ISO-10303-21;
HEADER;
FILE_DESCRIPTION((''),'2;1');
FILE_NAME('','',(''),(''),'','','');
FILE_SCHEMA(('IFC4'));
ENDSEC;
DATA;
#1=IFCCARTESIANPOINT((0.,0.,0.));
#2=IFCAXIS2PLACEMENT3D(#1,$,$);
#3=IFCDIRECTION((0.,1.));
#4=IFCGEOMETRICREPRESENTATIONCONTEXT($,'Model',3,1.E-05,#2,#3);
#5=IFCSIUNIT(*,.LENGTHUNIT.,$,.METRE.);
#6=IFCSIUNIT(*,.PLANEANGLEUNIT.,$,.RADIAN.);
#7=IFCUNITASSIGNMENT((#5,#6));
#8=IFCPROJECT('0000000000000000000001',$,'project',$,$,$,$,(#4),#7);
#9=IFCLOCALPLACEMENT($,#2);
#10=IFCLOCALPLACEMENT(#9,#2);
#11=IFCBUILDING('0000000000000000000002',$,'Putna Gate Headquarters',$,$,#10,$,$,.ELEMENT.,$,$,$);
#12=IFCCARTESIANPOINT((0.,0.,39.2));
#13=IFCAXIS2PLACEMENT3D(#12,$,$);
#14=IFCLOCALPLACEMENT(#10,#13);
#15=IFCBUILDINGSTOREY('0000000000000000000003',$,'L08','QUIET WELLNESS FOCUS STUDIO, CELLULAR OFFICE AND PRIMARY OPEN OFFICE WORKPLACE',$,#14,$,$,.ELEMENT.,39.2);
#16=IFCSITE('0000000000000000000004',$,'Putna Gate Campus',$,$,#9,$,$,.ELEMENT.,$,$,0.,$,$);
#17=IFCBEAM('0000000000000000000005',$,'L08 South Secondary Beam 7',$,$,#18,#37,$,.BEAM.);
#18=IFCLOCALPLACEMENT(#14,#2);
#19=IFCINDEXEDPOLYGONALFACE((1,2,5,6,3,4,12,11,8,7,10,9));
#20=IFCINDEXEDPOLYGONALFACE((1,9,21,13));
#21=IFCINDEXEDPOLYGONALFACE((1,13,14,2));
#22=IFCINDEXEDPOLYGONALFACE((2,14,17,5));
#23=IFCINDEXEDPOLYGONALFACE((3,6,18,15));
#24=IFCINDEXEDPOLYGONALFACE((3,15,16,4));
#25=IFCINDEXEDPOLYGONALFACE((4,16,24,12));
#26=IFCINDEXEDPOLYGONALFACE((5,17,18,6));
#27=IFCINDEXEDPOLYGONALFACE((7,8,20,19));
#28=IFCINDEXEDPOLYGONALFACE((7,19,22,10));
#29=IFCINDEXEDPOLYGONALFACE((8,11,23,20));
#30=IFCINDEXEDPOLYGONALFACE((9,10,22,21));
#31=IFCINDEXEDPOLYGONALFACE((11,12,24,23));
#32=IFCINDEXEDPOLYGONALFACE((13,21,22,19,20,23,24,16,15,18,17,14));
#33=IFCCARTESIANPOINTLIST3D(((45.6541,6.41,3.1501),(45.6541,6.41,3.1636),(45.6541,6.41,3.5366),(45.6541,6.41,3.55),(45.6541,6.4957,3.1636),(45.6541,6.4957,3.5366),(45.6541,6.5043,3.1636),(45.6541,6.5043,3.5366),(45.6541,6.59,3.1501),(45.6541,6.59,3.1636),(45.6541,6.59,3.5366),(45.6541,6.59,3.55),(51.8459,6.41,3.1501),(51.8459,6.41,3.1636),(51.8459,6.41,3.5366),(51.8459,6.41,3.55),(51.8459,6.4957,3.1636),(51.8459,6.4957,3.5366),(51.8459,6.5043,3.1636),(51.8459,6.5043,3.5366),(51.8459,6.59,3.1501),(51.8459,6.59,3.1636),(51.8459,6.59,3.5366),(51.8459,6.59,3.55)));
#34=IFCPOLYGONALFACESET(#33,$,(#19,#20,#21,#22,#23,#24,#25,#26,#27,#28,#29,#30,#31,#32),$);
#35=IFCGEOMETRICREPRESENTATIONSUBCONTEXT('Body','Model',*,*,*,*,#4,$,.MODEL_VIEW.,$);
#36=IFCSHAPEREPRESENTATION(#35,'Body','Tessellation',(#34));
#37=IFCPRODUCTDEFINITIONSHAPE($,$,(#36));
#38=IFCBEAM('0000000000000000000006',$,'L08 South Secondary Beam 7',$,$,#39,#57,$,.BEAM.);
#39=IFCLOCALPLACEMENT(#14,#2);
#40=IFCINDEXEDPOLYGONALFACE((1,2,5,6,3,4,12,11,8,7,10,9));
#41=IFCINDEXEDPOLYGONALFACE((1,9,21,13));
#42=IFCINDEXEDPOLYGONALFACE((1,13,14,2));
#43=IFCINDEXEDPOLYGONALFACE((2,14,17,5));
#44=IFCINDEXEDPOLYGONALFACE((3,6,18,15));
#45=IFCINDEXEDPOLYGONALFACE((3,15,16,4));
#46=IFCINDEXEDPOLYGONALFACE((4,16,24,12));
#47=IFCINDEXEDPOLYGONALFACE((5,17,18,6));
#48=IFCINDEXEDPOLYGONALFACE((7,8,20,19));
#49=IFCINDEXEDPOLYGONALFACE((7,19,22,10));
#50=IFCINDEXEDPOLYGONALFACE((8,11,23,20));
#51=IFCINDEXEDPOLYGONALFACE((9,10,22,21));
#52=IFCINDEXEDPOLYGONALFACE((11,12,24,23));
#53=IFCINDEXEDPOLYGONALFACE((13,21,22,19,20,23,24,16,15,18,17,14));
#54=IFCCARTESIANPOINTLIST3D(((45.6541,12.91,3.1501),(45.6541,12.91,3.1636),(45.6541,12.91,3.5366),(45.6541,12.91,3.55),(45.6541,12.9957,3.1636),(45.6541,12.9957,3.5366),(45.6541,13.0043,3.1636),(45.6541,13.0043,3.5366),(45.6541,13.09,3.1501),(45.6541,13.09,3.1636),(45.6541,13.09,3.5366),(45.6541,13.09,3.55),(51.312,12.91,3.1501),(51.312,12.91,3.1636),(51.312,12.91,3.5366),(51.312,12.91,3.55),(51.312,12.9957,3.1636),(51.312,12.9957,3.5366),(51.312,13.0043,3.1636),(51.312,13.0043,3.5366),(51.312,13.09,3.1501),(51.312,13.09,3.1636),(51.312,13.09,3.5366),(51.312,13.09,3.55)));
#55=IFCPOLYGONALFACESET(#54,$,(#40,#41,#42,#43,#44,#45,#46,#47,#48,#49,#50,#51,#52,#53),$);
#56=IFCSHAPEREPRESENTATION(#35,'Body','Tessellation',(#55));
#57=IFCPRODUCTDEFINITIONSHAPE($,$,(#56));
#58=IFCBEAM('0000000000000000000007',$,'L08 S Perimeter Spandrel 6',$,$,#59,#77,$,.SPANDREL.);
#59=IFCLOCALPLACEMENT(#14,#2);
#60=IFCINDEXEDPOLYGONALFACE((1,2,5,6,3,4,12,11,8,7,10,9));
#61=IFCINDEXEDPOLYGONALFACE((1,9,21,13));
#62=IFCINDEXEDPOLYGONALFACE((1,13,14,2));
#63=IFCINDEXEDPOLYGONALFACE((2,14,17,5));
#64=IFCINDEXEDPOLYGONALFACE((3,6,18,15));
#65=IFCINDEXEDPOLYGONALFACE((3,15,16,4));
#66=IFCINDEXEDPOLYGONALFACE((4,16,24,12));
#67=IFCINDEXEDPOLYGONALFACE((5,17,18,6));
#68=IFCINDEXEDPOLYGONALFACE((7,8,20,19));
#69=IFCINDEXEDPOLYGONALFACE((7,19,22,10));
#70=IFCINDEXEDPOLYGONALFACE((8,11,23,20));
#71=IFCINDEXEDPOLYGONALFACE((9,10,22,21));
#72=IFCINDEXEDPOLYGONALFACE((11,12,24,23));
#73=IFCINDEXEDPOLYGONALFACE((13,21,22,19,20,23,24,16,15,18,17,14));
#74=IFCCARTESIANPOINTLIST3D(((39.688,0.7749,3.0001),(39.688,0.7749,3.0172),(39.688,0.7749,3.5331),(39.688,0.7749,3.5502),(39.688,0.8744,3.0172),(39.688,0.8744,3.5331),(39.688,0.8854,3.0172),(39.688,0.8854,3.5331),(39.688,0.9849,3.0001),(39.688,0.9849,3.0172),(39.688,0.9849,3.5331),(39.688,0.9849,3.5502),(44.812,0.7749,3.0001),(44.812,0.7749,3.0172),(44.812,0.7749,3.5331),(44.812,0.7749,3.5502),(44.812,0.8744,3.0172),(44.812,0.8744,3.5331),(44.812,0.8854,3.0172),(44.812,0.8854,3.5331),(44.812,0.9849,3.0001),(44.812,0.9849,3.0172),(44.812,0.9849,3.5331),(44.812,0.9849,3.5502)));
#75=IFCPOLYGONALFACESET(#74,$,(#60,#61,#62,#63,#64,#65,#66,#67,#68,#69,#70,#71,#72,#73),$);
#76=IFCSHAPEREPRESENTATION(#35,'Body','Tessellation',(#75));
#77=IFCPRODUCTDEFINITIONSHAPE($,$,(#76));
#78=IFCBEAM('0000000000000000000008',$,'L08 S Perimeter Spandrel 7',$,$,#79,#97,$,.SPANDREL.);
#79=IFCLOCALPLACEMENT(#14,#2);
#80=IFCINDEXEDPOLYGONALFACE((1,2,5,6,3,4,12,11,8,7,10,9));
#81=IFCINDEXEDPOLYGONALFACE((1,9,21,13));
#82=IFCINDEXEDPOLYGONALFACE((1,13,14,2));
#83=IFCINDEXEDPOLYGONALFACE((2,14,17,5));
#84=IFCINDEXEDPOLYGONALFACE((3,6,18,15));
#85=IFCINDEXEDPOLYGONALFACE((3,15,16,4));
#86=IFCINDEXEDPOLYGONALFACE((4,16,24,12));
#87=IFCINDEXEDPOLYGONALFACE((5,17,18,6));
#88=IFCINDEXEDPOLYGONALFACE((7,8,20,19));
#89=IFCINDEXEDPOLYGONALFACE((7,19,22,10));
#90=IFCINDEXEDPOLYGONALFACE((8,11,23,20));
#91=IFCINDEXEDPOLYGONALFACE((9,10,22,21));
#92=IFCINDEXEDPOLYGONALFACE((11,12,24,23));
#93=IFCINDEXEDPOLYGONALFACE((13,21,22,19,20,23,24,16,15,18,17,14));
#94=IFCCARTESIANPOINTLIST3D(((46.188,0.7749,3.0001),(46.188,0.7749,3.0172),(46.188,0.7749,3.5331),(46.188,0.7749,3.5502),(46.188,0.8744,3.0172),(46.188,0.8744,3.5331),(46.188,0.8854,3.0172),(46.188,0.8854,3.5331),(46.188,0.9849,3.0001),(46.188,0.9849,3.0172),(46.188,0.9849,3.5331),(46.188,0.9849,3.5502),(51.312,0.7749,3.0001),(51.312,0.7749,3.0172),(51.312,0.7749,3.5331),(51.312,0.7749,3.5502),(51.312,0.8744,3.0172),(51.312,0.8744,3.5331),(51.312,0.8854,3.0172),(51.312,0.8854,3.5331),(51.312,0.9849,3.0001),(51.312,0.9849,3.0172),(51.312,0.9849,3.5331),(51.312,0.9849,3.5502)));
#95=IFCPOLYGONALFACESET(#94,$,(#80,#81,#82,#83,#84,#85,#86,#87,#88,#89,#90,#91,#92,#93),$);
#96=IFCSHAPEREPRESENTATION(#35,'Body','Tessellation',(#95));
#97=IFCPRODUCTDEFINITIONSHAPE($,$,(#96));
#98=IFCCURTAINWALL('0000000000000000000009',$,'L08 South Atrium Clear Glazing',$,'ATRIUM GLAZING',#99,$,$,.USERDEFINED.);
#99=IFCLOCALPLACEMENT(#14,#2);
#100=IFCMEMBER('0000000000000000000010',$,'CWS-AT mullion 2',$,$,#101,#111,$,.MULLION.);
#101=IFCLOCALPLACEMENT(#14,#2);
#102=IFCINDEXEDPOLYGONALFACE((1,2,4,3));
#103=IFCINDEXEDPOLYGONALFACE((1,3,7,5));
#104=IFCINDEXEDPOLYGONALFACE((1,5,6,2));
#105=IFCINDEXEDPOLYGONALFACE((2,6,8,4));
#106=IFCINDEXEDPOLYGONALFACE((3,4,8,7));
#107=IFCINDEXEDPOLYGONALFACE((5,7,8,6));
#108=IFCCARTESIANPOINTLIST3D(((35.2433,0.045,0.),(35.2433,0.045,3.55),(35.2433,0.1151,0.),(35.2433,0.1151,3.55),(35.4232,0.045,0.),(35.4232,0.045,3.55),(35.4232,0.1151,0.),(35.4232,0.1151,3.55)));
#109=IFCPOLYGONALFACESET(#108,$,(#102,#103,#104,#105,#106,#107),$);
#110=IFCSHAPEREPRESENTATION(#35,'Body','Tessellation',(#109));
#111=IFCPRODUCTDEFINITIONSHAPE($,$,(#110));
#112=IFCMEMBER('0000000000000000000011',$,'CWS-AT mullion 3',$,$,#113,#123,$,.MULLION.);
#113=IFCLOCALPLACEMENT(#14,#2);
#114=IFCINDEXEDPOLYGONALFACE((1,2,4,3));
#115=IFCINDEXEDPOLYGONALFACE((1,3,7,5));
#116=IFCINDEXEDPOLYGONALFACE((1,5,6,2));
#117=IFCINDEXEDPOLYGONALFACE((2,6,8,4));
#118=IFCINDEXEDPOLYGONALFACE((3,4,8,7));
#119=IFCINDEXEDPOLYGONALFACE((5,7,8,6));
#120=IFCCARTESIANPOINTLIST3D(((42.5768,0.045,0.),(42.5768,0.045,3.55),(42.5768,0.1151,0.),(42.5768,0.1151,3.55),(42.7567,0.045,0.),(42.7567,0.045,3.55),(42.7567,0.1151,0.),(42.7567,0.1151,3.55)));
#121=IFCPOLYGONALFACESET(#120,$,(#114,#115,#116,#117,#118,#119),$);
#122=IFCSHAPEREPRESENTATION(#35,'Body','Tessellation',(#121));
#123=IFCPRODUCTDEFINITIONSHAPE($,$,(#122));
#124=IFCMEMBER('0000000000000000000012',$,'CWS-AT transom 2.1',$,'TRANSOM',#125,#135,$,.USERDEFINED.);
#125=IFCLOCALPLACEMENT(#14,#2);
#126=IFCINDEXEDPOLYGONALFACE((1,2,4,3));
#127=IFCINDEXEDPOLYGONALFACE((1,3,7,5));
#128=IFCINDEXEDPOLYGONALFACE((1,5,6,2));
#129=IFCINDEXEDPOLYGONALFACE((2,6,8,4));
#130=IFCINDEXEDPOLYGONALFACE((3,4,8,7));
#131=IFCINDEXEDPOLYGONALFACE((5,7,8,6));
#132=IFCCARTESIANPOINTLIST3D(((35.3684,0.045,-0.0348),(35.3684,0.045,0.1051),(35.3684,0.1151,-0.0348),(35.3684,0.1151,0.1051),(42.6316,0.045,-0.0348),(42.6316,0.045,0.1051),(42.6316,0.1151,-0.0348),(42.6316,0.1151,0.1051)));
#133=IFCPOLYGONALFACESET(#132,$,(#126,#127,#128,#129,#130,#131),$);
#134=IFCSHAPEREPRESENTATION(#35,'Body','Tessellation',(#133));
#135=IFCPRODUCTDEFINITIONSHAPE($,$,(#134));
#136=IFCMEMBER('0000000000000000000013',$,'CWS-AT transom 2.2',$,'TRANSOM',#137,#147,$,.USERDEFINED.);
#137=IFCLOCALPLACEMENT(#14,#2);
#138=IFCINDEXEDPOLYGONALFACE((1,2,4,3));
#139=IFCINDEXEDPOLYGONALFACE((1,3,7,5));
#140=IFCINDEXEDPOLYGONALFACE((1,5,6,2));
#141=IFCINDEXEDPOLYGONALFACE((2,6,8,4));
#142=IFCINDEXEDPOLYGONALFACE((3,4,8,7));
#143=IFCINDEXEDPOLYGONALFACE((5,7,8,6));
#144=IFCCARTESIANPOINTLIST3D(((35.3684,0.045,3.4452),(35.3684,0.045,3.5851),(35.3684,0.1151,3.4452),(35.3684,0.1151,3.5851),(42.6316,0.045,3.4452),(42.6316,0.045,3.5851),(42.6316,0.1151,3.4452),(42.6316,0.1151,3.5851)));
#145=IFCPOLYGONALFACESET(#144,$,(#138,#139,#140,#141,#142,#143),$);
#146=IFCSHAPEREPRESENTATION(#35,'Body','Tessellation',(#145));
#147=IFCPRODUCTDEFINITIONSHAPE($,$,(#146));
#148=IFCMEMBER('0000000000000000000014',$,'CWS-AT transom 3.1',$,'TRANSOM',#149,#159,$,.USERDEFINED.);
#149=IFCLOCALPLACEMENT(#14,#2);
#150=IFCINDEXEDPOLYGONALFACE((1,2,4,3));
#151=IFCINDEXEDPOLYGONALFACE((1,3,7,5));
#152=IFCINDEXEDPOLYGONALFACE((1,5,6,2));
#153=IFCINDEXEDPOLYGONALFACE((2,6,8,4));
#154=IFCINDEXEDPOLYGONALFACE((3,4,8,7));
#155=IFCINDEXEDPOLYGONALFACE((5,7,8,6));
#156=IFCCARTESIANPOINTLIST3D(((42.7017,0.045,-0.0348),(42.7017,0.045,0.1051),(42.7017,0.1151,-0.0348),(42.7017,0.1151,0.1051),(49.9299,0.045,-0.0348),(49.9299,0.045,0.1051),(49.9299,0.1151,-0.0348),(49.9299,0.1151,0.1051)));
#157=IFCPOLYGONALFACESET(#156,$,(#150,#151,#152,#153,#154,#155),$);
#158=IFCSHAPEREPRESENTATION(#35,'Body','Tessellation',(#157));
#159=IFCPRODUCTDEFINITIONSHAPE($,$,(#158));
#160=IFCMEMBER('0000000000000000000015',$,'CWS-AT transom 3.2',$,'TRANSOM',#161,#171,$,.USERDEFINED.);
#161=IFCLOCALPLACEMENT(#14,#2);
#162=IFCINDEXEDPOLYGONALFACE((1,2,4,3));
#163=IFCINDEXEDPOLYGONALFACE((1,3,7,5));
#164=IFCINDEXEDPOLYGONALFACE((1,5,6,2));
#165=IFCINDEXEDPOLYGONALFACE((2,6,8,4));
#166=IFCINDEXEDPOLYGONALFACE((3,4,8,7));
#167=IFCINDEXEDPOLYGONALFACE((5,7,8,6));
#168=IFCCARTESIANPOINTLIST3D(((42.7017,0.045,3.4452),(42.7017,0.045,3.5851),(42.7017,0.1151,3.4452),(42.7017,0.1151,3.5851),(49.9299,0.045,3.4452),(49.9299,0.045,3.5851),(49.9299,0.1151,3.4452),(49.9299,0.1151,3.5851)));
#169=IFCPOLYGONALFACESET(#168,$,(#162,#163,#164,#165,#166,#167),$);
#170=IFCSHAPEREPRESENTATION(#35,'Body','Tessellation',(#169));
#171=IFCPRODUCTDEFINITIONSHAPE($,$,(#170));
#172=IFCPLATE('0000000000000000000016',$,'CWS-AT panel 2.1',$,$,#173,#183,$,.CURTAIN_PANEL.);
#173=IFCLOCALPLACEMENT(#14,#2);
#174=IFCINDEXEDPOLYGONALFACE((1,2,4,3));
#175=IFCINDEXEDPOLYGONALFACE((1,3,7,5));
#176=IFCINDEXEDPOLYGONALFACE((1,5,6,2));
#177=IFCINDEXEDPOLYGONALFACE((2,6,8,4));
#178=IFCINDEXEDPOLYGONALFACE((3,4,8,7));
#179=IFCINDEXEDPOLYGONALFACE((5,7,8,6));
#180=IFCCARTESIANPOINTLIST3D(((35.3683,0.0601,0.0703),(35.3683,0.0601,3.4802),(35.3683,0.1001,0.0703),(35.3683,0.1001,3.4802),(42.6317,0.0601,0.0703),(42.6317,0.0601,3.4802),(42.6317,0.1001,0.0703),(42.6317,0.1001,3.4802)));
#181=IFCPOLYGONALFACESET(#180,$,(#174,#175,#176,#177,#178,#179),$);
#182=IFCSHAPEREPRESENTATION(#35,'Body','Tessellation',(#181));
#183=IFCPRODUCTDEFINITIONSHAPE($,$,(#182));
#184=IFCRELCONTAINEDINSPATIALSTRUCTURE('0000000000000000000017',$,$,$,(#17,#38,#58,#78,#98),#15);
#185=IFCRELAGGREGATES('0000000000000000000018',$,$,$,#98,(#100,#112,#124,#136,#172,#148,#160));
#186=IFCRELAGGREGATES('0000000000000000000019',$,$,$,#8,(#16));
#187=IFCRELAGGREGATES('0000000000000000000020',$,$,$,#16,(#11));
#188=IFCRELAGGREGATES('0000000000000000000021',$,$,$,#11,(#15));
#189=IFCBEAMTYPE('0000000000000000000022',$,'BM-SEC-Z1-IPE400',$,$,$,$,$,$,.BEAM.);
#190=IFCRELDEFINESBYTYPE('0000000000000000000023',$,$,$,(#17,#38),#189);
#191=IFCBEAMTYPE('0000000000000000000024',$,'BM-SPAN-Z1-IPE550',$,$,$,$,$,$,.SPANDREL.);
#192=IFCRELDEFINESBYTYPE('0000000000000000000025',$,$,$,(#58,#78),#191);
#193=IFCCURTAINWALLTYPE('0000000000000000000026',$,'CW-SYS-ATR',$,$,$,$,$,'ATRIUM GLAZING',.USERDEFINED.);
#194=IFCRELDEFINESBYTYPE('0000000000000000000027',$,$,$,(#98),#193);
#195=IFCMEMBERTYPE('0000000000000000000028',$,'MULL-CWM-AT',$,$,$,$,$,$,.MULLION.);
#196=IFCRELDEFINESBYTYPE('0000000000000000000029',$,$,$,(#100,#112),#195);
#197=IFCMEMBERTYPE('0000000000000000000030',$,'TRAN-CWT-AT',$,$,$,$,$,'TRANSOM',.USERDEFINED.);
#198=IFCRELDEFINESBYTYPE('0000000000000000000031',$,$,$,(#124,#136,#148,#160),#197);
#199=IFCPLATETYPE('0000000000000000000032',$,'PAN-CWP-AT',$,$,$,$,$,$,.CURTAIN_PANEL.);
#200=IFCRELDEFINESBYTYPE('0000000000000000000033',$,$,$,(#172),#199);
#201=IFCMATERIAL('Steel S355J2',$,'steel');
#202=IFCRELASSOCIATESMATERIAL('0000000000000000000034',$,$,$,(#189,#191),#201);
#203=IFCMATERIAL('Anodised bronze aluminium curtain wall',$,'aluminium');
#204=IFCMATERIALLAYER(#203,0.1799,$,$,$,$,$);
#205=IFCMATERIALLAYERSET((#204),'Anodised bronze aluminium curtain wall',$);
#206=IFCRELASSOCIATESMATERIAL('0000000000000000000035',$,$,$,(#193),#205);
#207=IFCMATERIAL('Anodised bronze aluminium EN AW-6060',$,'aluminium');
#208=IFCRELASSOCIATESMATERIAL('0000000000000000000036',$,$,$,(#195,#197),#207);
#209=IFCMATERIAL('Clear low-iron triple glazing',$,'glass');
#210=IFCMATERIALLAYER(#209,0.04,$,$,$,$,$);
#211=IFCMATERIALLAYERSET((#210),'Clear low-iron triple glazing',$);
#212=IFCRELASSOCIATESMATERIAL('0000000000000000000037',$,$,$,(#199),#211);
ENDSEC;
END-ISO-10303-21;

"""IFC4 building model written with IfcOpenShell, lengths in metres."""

from ifc_helpers import new_model, si_unit, direction, frame, origin, origin_2d, place, context, subcontext, project, spatial, rectangle, i_section, extrude, material, layer, layer_set, material_profile, profile_set, type_object, element, aggregate, save


model = new_model("IFC4")

# Units and contexts
model_context = context("Model", 3, precision=1e-05, world=origin(), true_north=direction((0.0, 1.0)))
body_context = subcontext(model_context, "Body", "Model", "MODEL_VIEW")
ifc_project = project(units=[si_unit("LENGTHUNIT", "METRE"), si_unit("PLANEANGLEUNIT", "RADIAN")], contexts=[model_context])

# Site, building, storey
site_placement = place(None, origin())
site = spatial("IfcSite", under=ifc_project, at=site_placement, Name="Putna Gate Campus", CompositionType="ELEMENT", RefElevation=0.0)
building_placement = place(site_placement, origin())
building = spatial("IfcBuilding", under=site, at=building_placement, Name="Putna Gate Headquarters", CompositionType="ELEMENT")
storey_placement = place(building_placement, frame((0.0, 0.0, 39.2)))
storey = spatial("IfcBuildingStorey", under=building, at=storey_placement, Name="L08", Description="QUIET WELLNESS FOCUS STUDIO, CELLULAR OFFICE AND PRIMARY OPEN OFFICE WORKPLACE", CompositionType="ELEMENT", Elevation=39.2)

# Beams
ifc_material_1 = material(Name="Steel S355J2", Category="steel")
ifc_material_profile_1 = material_profile(ifc_material_1, i_section(OverallWidth=0.1799, OverallDepth=0.3999, WebThickness=0.0085, FlangeThickness=0.0134, at=origin_2d()), Name="Steel S355J2")
ifc_profile_set_1 = profile_set([ifc_material_profile_1], Name="Steel S355J2")
beam_type_1 = type_object("IfcBeamType", Name="BM-SEC-Z1-IPE400", PredefinedType="BEAM", material=ifc_profile_set_1)
for number, where, z_axis, x_axis, name in (
    (1, (45.6541, 6.5, 3.3501), (1.0, 0.0, 0.0), (0.0, 1.0, 0.0), "L08 South Secondary Beam 7"),
):
    element("IfcBeam", number, at=place(storey_placement, frame(where, z_axis=z_axis, x_axis=x_axis)), inside=storey, type_object=beam_type_1, Name=name, PredefinedType="BEAM", context=body_context, shape_type="SweptSolid", body=[
        extrude(i_section(OverallWidth=0.1799, OverallDepth=0.3999, WebThickness=0.0085, FlangeThickness=0.0134, at=origin_2d()), origin(), (0.0, 0.0, 1.0), 6.1919),
    ])
beam_1_placement = place(storey_placement, frame((45.6541, 13.0, 3.3501), z_axis=(1.0, 0.0, 0.0), x_axis=(0.0, 1.0, 0.0)))
element("IfcBeam", 2, at=beam_1_placement, inside=storey, type_object=beam_type_1, Name="L08 South Secondary Beam 7", PredefinedType="BEAM", context=body_context, shape_type="SweptSolid", body=[
    extrude(i_section(OverallWidth=0.1799, OverallDepth=0.3999, WebThickness=0.0085, FlangeThickness=0.0134, at=origin_2d()), origin(), (0.0, 0.0, 1.0), 5.658),
])
ifc_material_profile_2 = material_profile(ifc_material_1, i_section(OverallWidth=0.21, OverallDepth=0.55, WebThickness=0.011, FlangeThickness=0.0171, at=origin_2d()), Name="Steel S355J2")
ifc_profile_set_2 = profile_set([ifc_material_profile_2], Name="Steel S355J2")
beam_type_2 = type_object("IfcBeamType", Name="BM-SPAN-Z1-IPE550", PredefinedType="SPANDREL", material=ifc_profile_set_2)
for number, where, z_axis, x_axis, name in (
    (3, (39.688, 0.8799, 3.2751), (1.0, 0.0, 0.0), (0.0, 1.0, 0.0), "L08 S Perimeter Spandrel 6"),
    (4, (46.188, 0.8799, 3.2751), (1.0, 0.0, 0.0), (0.0, 1.0, 0.0), "L08 S Perimeter Spandrel 7"),
):
    element("IfcBeam", number, at=place(storey_placement, frame(where, z_axis=z_axis, x_axis=x_axis)), inside=storey, type_object=beam_type_2, Name=name, PredefinedType="SPANDREL", context=body_context, shape_type="SweptSolid", body=[
        extrude(i_section(OverallWidth=0.21, OverallDepth=0.55, WebThickness=0.011, FlangeThickness=0.0171, at=origin_2d()), origin(), (0.0, 0.0, 1.0), 5.124),
    ])

# Curtain wall, members, plate
ifc_material_2 = material(Name="Anodised bronze aluminium curtain wall", Category="aluminium")
ifc_layer_1 = layer(ifc_material_2, 0.1799)
ifc_layer_set_1 = layer_set([ifc_layer_1], Name="Anodised bronze aluminium curtain wall")
curtain_wall_type = type_object("IfcCurtainWallType", Name="CW-SYS-ATR", ElementType="ATRIUM GLAZING", PredefinedType="USERDEFINED", material=ifc_layer_set_1)
curtain_wall_placement = place(storey_placement, origin())
curtain_wall = element("IfcCurtainWall", 5, at=curtain_wall_placement, inside=storey, type_object=curtain_wall_type, Name="L08 South Atrium Clear Glazing", ObjectType="ATRIUM GLAZING", PredefinedType="USERDEFINED")
ifc_material_3 = material(Name="Anodised bronze aluminium EN AW-6060", Category="aluminium")
ifc_material_profile_3 = material_profile(ifc_material_3, rectangle(XDim=0.0701, YDim=0.1799, at=origin_2d()), Name="Anodised bronze aluminium EN AW-6060")
ifc_profile_set_3 = profile_set([ifc_material_profile_3], Name="Anodised bronze aluminium EN AW-6060")
member_type_1 = type_object("IfcMemberType", Name="MULL-CWM-AT", PredefinedType="MULLION", material=ifc_profile_set_3)
member_1_placement = place(storey_placement, frame((35.3333, 0.0801, 0.0), z_axis=(0.0, 0.0, 1.0), x_axis=(0.0, 1.0, 0.0)))
member_1 = element("IfcMember", 6, at=member_1_placement, type_object=member_type_1, Name="CWS-AT mullion 2", PredefinedType="MULLION", context=body_context, shape_type="SweptSolid", body=[
    extrude(rectangle(XDim=0.0701, YDim=0.1799, at=origin_2d()), origin(), (0.0, 0.0, 1.0), 3.55),
])
member_2_placement = place(storey_placement, frame((42.6667, 0.0801, 0.0), z_axis=(0.0, 0.0, 1.0), x_axis=(0.0, 1.0, 0.0)))
member_2 = element("IfcMember", 7, at=member_2_placement, type_object=member_type_1, Name="CWS-AT mullion 3", PredefinedType="MULLION", context=body_context, shape_type="SweptSolid", body=[
    extrude(rectangle(XDim=0.0701, YDim=0.1799, at=origin_2d()), origin(), (0.0, 0.0, 1.0), 3.55),
])
ifc_material_profile_4 = material_profile(ifc_material_3, rectangle(XDim=0.0701, YDim=0.1399, at=origin_2d()), Name="Anodised bronze aluminium EN AW-6060")
ifc_profile_set_4 = profile_set([ifc_material_profile_4], Name="Anodised bronze aluminium EN AW-6060")
member_type_2 = type_object("IfcMemberType", Name="TRAN-CWT-AT", ElementType="TRANSOM", PredefinedType="USERDEFINED", material=ifc_profile_set_4)
member_3_placement = place(storey_placement, frame((35.3684, 0.0801, 0.0352), z_axis=(1.0, 0.0, 0.0), x_axis=(0.0, 1.0, 0.0)))
member_3 = element("IfcMember", 8, at=member_3_placement, type_object=member_type_2, Name="CWS-AT transom 2.1", ObjectType="TRANSOM", PredefinedType="USERDEFINED", context=body_context, shape_type="SweptSolid", body=[
    extrude(rectangle(XDim=0.0701, YDim=0.1399, at=origin_2d()), origin(), (0.0, 0.0, 1.0), 7.2632),
])
member_4_placement = place(storey_placement, frame((35.3684, 0.0801, 3.5151), z_axis=(1.0, 0.0, 0.0), x_axis=(0.0, 1.0, 0.0)))
member_4 = element("IfcMember", 9, at=member_4_placement, type_object=member_type_2, Name="CWS-AT transom 2.2", ObjectType="TRANSOM", PredefinedType="USERDEFINED", context=body_context, shape_type="SweptSolid", body=[
    extrude(rectangle(XDim=0.0701, YDim=0.1399, at=origin_2d()), origin(), (0.0, 0.0, 1.0), 7.2632),
])
member_5_placement = place(storey_placement, frame((42.7017, 0.0801, 0.0352), z_axis=(1.0, 0.0, 0.0), x_axis=(0.0, 1.0, 0.0)))
member_5 = element("IfcMember", 10, at=member_5_placement, type_object=member_type_2, Name="CWS-AT transom 3.1", ObjectType="TRANSOM", PredefinedType="USERDEFINED", context=body_context, shape_type="SweptSolid", body=[
    extrude(rectangle(XDim=0.0701, YDim=0.1399, at=origin_2d()), origin(), (0.0, 0.0, 1.0), 7.2283),
])
member_6_placement = place(storey_placement, frame((42.7017, 0.0801, 3.5151), z_axis=(1.0, 0.0, 0.0), x_axis=(0.0, 1.0, 0.0)))
member_6 = element("IfcMember", 11, at=member_6_placement, type_object=member_type_2, Name="CWS-AT transom 3.2", ObjectType="TRANSOM", PredefinedType="USERDEFINED", context=body_context, shape_type="SweptSolid", body=[
    extrude(rectangle(XDim=0.0701, YDim=0.1399, at=origin_2d()), origin(), (0.0, 0.0, 1.0), 7.2283),
])
ifc_material_4 = material(Name="Clear low-iron triple glazing", Category="glass")
ifc_layer_2 = layer(ifc_material_4, 0.04)
ifc_layer_set_2 = layer_set([ifc_layer_2], Name="Clear low-iron triple glazing")
plate_type = type_object("IfcPlateType", Name="PAN-CWP-AT", PredefinedType="CURTAIN_PANEL", material=ifc_layer_set_2)
plate_1_placement = place(storey_placement, frame((39.0, 0.0801, 0.0703), z_axis=(0.0, 0.0, 1.0), x_axis=(1.0, 0.0, 0.0)))
plate_1 = element("IfcPlate", 12, at=plate_1_placement, type_object=plate_type, Name="CWS-AT panel 2.1", PredefinedType="CURTAIN_PANEL", context=body_context, shape_type="SweptSolid", body=[
    extrude(rectangle(XDim=7.2634, YDim=0.04, at=origin_2d()), origin(), (0.0, 0.0, 1.0), 3.4099),
])
aggregate(curtain_wall, [member_1, member_2, member_3, member_4, plate_1, member_5, member_6])

save(model, "model.ifc")
